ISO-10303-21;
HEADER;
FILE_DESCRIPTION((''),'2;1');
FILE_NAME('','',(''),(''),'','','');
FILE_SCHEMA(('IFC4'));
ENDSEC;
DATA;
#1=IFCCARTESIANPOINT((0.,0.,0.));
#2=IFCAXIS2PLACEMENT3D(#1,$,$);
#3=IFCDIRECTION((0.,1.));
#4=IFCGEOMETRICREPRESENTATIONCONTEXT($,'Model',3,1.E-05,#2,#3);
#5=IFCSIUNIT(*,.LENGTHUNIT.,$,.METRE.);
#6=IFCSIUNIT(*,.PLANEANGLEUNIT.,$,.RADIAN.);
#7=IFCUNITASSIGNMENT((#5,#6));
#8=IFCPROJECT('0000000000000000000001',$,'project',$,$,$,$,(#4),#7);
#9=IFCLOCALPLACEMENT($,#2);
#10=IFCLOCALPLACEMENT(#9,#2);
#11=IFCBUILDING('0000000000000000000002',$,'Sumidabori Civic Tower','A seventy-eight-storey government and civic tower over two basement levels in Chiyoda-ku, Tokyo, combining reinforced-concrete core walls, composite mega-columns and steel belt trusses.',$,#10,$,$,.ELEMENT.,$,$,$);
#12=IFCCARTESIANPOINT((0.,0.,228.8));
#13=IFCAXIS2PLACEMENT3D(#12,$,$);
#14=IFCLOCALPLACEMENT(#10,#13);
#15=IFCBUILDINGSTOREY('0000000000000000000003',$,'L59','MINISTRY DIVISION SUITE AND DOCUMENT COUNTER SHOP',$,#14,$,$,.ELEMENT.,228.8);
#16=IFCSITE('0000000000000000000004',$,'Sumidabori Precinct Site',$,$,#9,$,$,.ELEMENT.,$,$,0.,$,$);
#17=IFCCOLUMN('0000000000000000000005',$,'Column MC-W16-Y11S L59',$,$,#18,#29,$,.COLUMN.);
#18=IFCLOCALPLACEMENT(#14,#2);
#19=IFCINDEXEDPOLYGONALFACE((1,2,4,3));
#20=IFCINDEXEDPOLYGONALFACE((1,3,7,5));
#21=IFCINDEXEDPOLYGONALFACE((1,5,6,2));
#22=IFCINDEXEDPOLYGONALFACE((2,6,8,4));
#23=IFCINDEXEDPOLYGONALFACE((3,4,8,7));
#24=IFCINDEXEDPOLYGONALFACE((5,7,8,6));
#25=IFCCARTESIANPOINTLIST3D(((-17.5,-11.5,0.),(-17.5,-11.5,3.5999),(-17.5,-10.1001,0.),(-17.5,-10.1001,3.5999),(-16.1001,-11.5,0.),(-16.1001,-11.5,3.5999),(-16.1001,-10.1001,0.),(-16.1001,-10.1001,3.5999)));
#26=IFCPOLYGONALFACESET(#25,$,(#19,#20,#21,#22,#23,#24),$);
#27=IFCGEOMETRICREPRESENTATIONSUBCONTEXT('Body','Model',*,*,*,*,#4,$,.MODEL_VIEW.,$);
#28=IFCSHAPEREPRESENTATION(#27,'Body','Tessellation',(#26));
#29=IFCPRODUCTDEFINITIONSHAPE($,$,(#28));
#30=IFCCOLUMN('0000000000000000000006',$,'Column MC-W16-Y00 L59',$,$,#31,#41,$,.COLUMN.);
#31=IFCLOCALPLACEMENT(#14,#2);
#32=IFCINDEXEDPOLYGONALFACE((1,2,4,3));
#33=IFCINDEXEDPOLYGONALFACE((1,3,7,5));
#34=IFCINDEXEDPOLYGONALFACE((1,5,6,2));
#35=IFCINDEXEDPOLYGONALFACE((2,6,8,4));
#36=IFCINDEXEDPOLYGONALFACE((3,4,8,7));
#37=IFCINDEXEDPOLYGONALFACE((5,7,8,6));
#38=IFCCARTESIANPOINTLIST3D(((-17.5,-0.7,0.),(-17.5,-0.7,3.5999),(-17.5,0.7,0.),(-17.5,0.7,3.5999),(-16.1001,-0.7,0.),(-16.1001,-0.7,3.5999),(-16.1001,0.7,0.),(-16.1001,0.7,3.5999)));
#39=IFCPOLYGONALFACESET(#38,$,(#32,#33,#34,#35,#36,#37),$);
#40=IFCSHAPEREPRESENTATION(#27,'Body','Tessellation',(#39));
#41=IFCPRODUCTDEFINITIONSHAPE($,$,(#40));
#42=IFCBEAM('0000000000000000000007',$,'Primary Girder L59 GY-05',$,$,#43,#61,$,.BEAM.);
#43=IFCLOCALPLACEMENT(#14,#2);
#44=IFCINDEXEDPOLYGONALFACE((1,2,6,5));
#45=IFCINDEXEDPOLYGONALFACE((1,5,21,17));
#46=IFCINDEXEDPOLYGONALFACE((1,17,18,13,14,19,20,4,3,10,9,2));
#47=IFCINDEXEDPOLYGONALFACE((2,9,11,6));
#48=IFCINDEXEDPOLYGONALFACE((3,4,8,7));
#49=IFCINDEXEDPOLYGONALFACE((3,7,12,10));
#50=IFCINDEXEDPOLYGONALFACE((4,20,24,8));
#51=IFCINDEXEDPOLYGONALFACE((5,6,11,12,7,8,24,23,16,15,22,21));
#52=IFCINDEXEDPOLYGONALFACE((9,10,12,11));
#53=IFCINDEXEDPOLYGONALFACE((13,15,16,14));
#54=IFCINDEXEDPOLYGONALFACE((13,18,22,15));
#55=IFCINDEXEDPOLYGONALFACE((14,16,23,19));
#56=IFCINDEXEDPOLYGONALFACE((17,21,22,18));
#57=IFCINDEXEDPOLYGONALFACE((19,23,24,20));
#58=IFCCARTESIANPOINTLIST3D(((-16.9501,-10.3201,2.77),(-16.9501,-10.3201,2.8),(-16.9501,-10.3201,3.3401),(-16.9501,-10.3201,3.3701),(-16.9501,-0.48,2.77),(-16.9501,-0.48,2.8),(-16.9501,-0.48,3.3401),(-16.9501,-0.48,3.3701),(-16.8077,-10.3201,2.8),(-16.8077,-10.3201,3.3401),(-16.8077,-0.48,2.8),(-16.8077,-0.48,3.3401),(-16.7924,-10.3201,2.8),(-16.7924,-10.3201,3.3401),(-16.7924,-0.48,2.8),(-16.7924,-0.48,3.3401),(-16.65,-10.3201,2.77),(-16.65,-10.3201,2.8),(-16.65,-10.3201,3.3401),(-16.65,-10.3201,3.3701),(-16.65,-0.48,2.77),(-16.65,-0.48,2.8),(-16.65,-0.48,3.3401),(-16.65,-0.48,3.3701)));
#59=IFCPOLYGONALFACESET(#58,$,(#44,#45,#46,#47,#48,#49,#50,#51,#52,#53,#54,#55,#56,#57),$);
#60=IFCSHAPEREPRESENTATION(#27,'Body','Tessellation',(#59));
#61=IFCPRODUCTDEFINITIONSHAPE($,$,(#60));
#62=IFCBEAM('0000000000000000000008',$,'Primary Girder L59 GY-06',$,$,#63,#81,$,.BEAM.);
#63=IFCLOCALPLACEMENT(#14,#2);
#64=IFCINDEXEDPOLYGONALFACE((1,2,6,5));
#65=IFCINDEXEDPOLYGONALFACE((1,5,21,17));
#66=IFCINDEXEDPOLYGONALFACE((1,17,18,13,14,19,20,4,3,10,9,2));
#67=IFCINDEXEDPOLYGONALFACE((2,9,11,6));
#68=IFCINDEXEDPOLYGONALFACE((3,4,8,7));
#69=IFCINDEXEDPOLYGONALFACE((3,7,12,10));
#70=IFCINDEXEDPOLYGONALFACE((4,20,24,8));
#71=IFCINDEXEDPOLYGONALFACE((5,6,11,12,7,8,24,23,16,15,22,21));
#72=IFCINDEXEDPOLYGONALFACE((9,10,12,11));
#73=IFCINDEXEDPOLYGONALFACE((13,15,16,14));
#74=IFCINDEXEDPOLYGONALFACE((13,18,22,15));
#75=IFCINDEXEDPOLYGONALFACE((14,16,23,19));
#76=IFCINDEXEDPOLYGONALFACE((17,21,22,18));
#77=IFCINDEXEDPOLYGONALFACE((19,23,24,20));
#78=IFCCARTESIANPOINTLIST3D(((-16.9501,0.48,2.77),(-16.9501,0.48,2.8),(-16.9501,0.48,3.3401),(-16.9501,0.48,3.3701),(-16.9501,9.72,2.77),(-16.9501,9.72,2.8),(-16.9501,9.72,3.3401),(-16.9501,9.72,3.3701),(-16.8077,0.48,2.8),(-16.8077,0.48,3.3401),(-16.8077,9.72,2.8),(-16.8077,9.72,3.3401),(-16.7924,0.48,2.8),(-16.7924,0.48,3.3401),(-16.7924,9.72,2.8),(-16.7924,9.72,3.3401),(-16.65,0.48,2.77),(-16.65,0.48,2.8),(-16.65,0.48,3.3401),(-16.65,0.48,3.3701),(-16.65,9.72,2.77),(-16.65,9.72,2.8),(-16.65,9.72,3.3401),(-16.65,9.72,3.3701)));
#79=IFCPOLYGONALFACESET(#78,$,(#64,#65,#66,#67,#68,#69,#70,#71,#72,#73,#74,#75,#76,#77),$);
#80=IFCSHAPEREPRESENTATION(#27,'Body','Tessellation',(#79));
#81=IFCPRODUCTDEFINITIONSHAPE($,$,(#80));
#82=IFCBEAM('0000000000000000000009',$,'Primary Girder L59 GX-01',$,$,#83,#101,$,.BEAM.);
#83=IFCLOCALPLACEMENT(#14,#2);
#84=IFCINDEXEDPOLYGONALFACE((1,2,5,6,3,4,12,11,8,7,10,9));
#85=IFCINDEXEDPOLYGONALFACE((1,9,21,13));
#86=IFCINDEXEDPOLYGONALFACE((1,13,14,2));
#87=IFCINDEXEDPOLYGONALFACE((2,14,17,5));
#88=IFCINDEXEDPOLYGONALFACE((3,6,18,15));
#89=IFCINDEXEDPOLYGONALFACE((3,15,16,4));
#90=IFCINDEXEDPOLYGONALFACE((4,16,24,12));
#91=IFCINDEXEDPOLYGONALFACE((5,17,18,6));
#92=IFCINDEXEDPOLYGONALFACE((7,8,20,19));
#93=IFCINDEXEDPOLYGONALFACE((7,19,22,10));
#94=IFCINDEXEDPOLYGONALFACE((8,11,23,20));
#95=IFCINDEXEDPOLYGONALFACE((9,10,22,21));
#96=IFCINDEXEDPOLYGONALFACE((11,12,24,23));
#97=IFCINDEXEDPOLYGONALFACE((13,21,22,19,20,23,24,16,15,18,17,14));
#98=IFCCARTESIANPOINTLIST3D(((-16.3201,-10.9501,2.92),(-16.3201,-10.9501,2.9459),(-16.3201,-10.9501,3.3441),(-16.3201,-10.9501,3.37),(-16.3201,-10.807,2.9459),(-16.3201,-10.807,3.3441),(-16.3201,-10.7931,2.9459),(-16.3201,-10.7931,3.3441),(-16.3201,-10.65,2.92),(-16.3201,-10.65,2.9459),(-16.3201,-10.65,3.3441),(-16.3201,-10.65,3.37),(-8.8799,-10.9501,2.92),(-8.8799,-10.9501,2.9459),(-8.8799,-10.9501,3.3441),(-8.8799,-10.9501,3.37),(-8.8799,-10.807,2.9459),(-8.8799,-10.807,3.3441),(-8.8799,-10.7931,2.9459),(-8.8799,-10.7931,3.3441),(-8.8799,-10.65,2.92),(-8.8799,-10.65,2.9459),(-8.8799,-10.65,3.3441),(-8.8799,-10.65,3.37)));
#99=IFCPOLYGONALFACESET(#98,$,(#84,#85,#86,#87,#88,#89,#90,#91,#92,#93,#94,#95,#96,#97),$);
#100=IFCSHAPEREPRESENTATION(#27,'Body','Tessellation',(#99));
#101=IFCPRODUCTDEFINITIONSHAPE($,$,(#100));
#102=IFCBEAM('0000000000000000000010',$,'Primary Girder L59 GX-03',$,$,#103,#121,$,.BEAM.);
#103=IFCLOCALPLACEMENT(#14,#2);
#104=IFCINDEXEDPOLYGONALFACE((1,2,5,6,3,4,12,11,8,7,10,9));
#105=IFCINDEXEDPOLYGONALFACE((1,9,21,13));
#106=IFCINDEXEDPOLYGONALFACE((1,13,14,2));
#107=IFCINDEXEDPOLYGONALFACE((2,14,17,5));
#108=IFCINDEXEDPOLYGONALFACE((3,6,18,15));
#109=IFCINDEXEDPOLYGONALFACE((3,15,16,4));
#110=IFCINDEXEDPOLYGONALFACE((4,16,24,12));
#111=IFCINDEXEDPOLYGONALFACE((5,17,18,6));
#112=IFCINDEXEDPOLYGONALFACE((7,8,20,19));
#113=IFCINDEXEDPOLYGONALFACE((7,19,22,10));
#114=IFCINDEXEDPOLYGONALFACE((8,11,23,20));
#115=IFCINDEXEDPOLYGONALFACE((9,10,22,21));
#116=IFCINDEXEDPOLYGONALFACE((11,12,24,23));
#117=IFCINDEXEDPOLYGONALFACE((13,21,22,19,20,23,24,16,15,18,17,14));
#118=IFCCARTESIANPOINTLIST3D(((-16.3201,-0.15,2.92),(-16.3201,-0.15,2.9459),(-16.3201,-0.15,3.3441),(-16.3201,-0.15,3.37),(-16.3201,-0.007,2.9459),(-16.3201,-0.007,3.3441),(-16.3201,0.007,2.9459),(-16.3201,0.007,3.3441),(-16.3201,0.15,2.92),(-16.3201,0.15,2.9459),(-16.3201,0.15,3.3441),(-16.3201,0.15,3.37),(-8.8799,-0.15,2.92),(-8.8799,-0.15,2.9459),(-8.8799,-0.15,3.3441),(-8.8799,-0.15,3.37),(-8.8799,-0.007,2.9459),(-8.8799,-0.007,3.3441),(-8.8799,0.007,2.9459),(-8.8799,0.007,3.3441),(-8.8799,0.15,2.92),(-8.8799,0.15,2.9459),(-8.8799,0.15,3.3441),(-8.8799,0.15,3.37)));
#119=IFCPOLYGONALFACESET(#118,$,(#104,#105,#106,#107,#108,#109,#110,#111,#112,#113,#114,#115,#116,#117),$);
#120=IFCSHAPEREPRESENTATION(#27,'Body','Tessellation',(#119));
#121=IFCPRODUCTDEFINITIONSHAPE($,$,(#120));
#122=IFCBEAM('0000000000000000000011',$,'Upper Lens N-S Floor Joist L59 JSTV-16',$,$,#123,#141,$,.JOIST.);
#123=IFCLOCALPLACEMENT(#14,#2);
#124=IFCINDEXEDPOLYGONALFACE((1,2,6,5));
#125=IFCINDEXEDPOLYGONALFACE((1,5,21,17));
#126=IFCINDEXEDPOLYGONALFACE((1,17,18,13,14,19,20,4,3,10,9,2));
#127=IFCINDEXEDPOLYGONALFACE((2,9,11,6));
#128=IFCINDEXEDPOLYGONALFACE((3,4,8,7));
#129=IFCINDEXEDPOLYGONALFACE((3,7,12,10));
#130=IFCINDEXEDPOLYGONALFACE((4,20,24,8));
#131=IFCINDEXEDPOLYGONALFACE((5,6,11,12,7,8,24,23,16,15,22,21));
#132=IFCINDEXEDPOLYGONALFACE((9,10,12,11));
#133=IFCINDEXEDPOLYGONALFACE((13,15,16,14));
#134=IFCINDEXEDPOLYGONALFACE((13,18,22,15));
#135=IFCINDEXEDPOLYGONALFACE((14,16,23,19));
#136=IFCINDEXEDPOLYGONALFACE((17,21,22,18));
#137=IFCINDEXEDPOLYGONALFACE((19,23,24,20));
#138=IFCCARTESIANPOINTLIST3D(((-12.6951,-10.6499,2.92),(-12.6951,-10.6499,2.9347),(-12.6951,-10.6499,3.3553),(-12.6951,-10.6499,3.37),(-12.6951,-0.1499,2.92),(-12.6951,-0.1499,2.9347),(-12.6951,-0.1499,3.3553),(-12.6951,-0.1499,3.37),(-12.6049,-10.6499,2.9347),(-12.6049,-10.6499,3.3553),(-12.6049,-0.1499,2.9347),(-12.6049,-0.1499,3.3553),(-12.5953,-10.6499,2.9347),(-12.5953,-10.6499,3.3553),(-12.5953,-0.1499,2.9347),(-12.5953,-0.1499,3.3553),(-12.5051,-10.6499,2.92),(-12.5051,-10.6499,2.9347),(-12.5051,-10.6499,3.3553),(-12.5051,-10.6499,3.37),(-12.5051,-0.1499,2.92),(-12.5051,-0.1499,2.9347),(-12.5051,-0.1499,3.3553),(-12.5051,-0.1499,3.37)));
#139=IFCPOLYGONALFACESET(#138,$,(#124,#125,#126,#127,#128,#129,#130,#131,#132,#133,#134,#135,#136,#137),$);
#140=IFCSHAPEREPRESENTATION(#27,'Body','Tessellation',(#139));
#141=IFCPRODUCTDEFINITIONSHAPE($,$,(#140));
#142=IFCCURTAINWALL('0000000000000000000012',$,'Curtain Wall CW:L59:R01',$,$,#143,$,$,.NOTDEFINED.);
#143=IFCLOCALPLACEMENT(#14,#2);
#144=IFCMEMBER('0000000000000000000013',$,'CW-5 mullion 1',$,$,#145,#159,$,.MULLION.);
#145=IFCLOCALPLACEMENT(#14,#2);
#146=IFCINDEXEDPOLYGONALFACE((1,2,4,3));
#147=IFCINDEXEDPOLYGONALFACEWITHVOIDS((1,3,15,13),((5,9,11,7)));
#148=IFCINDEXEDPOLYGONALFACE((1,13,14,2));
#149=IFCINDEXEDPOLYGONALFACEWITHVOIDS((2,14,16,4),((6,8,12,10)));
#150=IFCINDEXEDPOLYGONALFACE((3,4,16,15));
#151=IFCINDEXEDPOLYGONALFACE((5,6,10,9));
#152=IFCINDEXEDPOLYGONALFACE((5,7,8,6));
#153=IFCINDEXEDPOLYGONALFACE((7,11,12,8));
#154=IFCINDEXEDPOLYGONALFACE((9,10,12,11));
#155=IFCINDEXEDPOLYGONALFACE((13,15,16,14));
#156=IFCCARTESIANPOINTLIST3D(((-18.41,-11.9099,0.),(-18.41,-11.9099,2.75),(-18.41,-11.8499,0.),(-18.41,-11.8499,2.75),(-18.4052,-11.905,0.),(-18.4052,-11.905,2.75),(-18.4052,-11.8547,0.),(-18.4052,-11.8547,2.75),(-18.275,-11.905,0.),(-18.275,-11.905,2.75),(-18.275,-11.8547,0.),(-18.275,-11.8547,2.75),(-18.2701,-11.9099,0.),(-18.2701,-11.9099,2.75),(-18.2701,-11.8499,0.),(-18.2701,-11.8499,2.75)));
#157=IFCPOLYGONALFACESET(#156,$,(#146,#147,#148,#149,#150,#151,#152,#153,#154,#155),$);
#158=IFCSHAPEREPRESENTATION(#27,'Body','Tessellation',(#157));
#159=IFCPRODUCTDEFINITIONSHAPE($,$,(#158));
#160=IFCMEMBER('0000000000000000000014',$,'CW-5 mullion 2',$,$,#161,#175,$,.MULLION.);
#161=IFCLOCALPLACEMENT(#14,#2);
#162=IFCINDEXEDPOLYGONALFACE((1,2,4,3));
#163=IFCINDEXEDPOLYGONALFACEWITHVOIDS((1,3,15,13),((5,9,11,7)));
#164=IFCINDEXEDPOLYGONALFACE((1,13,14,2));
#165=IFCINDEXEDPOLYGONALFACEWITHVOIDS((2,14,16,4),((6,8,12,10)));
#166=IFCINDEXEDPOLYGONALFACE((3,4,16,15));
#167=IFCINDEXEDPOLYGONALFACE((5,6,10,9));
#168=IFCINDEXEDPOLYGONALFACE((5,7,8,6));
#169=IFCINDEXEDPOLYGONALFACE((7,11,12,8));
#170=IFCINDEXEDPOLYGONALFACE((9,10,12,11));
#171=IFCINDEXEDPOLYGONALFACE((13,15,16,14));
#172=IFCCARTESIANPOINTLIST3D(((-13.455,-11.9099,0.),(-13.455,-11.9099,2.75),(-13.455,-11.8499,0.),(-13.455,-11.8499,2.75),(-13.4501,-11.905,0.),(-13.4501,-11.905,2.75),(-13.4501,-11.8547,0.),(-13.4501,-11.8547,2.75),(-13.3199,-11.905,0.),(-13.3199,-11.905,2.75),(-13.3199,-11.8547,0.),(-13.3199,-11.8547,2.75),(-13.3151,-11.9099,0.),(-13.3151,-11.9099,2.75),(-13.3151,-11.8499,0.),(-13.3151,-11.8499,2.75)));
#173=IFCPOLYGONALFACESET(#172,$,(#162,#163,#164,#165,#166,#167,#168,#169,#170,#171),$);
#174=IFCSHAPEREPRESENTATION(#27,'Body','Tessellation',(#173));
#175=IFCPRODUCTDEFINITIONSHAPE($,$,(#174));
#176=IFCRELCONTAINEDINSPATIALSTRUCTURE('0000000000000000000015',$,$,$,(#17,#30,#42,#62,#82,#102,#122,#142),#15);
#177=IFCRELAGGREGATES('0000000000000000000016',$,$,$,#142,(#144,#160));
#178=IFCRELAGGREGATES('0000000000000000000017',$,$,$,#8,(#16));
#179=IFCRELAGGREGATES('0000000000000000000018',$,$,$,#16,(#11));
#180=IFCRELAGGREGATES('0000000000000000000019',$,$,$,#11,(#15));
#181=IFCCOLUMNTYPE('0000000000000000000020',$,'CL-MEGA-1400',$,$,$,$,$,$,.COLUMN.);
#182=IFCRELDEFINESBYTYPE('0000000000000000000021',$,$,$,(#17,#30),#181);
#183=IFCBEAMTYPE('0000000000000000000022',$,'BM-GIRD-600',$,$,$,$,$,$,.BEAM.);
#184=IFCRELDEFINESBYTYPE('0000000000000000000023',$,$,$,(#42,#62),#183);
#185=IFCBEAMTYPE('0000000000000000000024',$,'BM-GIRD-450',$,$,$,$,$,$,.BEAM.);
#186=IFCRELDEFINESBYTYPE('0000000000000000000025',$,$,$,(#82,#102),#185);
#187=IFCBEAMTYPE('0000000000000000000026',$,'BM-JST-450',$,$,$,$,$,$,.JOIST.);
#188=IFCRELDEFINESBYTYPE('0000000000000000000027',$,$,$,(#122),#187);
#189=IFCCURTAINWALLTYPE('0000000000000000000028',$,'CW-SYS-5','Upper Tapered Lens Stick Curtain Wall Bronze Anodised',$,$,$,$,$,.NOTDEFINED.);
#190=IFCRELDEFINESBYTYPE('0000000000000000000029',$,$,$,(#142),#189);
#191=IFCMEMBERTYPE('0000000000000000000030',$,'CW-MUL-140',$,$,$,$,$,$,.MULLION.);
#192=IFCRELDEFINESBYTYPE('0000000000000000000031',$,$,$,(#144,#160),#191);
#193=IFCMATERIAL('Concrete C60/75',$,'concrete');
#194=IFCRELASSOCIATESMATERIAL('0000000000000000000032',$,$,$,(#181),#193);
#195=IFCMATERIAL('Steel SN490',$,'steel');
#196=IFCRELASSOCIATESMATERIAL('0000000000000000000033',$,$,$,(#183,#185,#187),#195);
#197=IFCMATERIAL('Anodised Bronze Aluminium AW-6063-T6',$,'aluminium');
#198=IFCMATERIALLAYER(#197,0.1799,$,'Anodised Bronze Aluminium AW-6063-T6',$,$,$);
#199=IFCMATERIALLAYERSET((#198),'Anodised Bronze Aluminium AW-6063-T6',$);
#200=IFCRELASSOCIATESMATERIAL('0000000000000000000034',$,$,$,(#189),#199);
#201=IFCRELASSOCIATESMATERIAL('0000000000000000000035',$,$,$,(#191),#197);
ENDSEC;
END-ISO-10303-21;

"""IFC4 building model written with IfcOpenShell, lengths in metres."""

from ifc_helpers import new_model, si_unit, direction, frame, origin, origin_2d, place, context, subcontext, project, spatial, rectangle, hollow_rectangle, i_section, extrude, source, transform, mapped, material, layer, layer_set, material_profile, profile_set, type_object, element, aggregate, save


model = new_model("IFC4")

# Units and contexts
model_context = context("Model", 3, precision=1e-05, world=origin(), true_north=direction((0.0, 1.0)))
body_context = subcontext(model_context, "Body", "Model", "MODEL_VIEW")
ifc_project = project(units=[si_unit("LENGTHUNIT", "METRE"), si_unit("PLANEANGLEUNIT", "RADIAN")], contexts=[model_context])

# Site, building, storey
site_placement = place(None, origin())
site = spatial("IfcSite", under=ifc_project, at=site_placement, Name="Sumidabori Precinct Site", CompositionType="ELEMENT", RefElevation=0.0)
building_placement = place(site_placement, origin())
building = spatial("IfcBuilding", under=site, at=building_placement, Name="Sumidabori Civic Tower", Description="A seventy-eight-storey government and civic tower over two basement levels in Chiyoda-ku, Tokyo, combining reinforced-concrete core walls, composite mega-columns and steel belt trusses.", CompositionType="ELEMENT")
storey_placement = place(building_placement, frame((0.0, 0.0, 228.8)))
storey = spatial("IfcBuildingStorey", under=building, at=storey_placement, Name="L59", Description="MINISTRY DIVISION SUITE AND DOCUMENT COUNTER SHOP", CompositionType="ELEMENT", Elevation=228.8)

# Columns
ifc_material_1 = material(Name="Concrete C60/75", Category="concrete")
ifc_material_profile_1 = material_profile(ifc_material_1, rectangle(XDim=1.3999, YDim=1.3999, at=origin_2d()), Name="RC 1400x1400")
ifc_profile_set_1 = profile_set([ifc_material_profile_1], Name="Concrete C60/75")
column_type = type_object("IfcColumnType", Name="CL-MEGA-1400", PredefinedType="COLUMN", material=ifc_profile_set_1)
shared_shape_1 = source(origin(), body_context, "Body", "SweptSolid", [
    extrude(rectangle(XDim=1.3999, YDim=1.3999, at=origin_2d()), origin(), (0.0, 0.0, 1.0), 3.5999),
])
for number, where, z_axis, x_axis, name in (
    (1, (-16.8, -10.8, 0.0), (0.0, 0.0, 1.0), (1.0, 0.0, 0.0), "Column MC-W16-Y11S L59"),
    (2, (-16.8, 0.0, 0.0), (0.0, 0.0, 1.0), (1.0, 0.0, 0.0), "Column MC-W16-Y00 L59"),
):
    element("IfcColumn", number, at=place(storey_placement, frame(where, z_axis=z_axis, x_axis=x_axis)), inside=storey, type_object=column_type, Name=name, PredefinedType="COLUMN", context=body_context, shape_type="MappedRepresentation", body=[
        mapped(shared_shape_1, transform((0.0, 0.0, 0.0), x_axis=(1.0, 0.0, 0.0), y_axis=(0.0, 1.0, 0.0), z_axis=(0.0, 0.0, 1.0), scale=1.0)),
    ])

# Beams
ifc_material_2 = material(Name="Steel SN490", Category="steel")
ifc_material_profile_2 = material_profile(ifc_material_2, i_section(OverallWidth=0.3, OverallDepth=0.6001, WebThickness=0.0154, FlangeThickness=0.03, at=origin_2d()), Name="HE 600 B")
ifc_profile_set_2 = profile_set([ifc_material_profile_2], Name="Steel SN490")
beam_type_1 = type_object("IfcBeamType", Name="BM-GIRD-600", PredefinedType="BEAM", material=ifc_profile_set_2)
shared_shape_2 = source(origin(), body_context, "Body", "SweptSolid", [
    extrude(i_section(OverallWidth=0.3, OverallDepth=0.6001, WebThickness=0.0154, FlangeThickness=0.03, at=origin_2d()), origin(), (0.0, 0.0, 1.0), 9.8401),
])
beam_1_placement = place(storey_placement, frame((-16.8, -10.3201, 3.0701), z_axis=(0.0, 1.0, 0.0), x_axis=(-1.0, 0.0, 0.0)))
element("IfcBeam", 3, at=beam_1_placement, inside=storey, type_object=beam_type_1, Name="Primary Girder L59 GY-05", PredefinedType="BEAM", context=body_context, shape_type="MappedRepresentation", body=[
    mapped(shared_shape_2, transform((0.0, 0.0, 0.0), x_axis=(1.0, 0.0, 0.0), y_axis=(0.0, 1.0, 0.0), z_axis=(0.0, 0.0, 1.0), scale=1.0)),
])
shared_shape_3 = source(origin(), body_context, "Body", "SweptSolid", [
    extrude(i_section(OverallWidth=0.3, OverallDepth=0.6001, WebThickness=0.0154, FlangeThickness=0.03, at=origin_2d()), origin(), (0.0, 0.0, 1.0), 9.24),
])
beam_2_placement = place(storey_placement, frame((-16.8, 0.48, 3.0701), z_axis=(0.0, 1.0, 0.0), x_axis=(-1.0, 0.0, 0.0)))
element("IfcBeam", 4, at=beam_2_placement, inside=storey, type_object=beam_type_1, Name="Primary Girder L59 GY-06", PredefinedType="BEAM", context=body_context, shape_type="MappedRepresentation", body=[
    mapped(shared_shape_3, transform((0.0, 0.0, 0.0), x_axis=(1.0, 0.0, 0.0), y_axis=(0.0, 1.0, 0.0), z_axis=(0.0, 0.0, 1.0), scale=1.0)),
])
ifc_material_profile_3 = material_profile(ifc_material_2, i_section(OverallWidth=0.3, OverallDepth=0.45, WebThickness=0.0139, FlangeThickness=0.0259, at=origin_2d()), Name="HE 450 B")
ifc_profile_set_3 = profile_set([ifc_material_profile_3], Name="Steel SN490")
beam_type_2 = type_object("IfcBeamType", Name="BM-GIRD-450", PredefinedType="BEAM", material=ifc_profile_set_3)
shared_shape_4 = source(origin(), body_context, "Body", "SweptSolid", [
    extrude(i_section(OverallWidth=0.3, OverallDepth=0.45, WebThickness=0.0139, FlangeThickness=0.0259, at=origin_2d()), origin(), (0.0, 0.0, 1.0), 7.4402),
])
for number, where, z_axis, x_axis, name in (
    (5, (-16.3201, -10.8, 3.145), (1.0, 0.0, 0.0), (0.0, 1.0, 0.0), "Primary Girder L59 GX-01"),
    (6, (-16.3201, 0.0, 3.145), (1.0, 0.0, 0.0), (0.0, 1.0, 0.0), "Primary Girder L59 GX-03"),
):
    element("IfcBeam", number, at=place(storey_placement, frame(where, z_axis=z_axis, x_axis=x_axis)), inside=storey, type_object=beam_type_2, Name=name, PredefinedType="BEAM", context=body_context, shape_type="MappedRepresentation", body=[
        mapped(shared_shape_4, transform((0.0, 0.0, 0.0), x_axis=(1.0, 0.0, 0.0), y_axis=(0.0, 1.0, 0.0), z_axis=(0.0, 0.0, 1.0), scale=1.0)),
    ])
ifc_material_profile_4 = material_profile(ifc_material_2, i_section(OverallWidth=0.1899, OverallDepth=0.45, WebThickness=0.0095, FlangeThickness=0.0146, at=origin_2d()), Name="IPE 450")
ifc_profile_set_4 = profile_set([ifc_material_profile_4], Name="Steel SN490")
beam_type_3 = type_object("IfcBeamType", Name="BM-JST-450", PredefinedType="JOIST", material=ifc_profile_set_4)
shared_shape_5 = source(origin(), body_context, "Body", "SweptSolid", [
    extrude(i_section(OverallWidth=0.1899, OverallDepth=0.45, WebThickness=0.0095, FlangeThickness=0.0146, at=origin_2d()), origin(), (0.0, 0.0, 1.0), 10.5),
])
beam_3_placement = place(storey_placement, frame((-12.6001, -10.6499, 3.145), z_axis=(0.0, 1.0, 0.0), x_axis=(-1.0, 0.0, 0.0)))
element("IfcBeam", 7, at=beam_3_placement, inside=storey, type_object=beam_type_3, Name="Upper Lens N-S Floor Joist L59 JSTV-16", PredefinedType="JOIST", context=body_context, shape_type="MappedRepresentation", body=[
    mapped(shared_shape_5, transform((0.0, 0.0, 0.0), x_axis=(1.0, 0.0, 0.0), y_axis=(0.0, 1.0, 0.0), z_axis=(0.0, 0.0, 1.0), scale=1.0)),
])

# Curtain wall, members
ifc_material_3 = material(Name="Anodised Bronze Aluminium AW-6063-T6", Category="aluminium")
ifc_layer_1 = layer(ifc_material_3, 0.1799, Name="Anodised Bronze Aluminium AW-6063-T6")
ifc_layer_set_1 = layer_set([ifc_layer_1], Name="Anodised Bronze Aluminium AW-6063-T6")
curtain_wall_type = type_object("IfcCurtainWallType", Name="CW-SYS-5", Description="Upper Tapered Lens Stick Curtain Wall Bronze Anodised", PredefinedType="NOTDEFINED", material=ifc_layer_set_1)
curtain_wall_1_placement = place(storey_placement, origin())
curtain_wall_1 = element("IfcCurtainWall", 8, at=curtain_wall_1_placement, inside=storey, type_object=curtain_wall_type, Name="Curtain Wall CW:L59:R01", PredefinedType="NOTDEFINED")
ifc_material_profile_5 = material_profile(ifc_material_3, hollow_rectangle(XDim=0.0601, YDim=0.1399, WallThickness=0.0049, at=origin_2d()), Name="ALU MULLION 140x60")
ifc_profile_set_5 = profile_set([ifc_material_profile_5], Name="Anodised Bronze Aluminium AW-6063-T6")
member_type_1 = type_object("IfcMemberType", Name="CW-MUL-140", PredefinedType="MULLION", material=ifc_profile_set_5)
shared_shape_6 = source(origin(), body_context, "Body", "SweptSolid", [
    extrude(hollow_rectangle(XDim=0.0601, YDim=0.1399, WallThickness=0.0049, at=origin_2d()), origin(), (0.0, 0.0, 1.0), 2.75),
])
member_1_placement = place(storey_placement, frame((-18.3401, -11.8799, 0.0), z_axis=(0.0, 0.0, 1.0), x_axis=(0.0, 1.0, 0.0)))
member_1 = element("IfcMember", 9, at=member_1_placement, type_object=member_type_1, Name="CW-5 mullion 1", PredefinedType="MULLION", context=body_context, shape_type="MappedRepresentation", body=[
    mapped(shared_shape_6, transform((0.0, 0.0, 0.0), x_axis=(1.0, 0.0, 0.0), y_axis=(0.0, 1.0, 0.0), z_axis=(0.0, 0.0, 1.0), scale=1.0)),
])
member_2_placement = place(storey_placement, frame((-13.385, -11.8799, 0.0), z_axis=(0.0, 0.0, 1.0), x_axis=(0.0, 1.0, 0.0)))
member_2 = element("IfcMember", 10, at=member_2_placement, type_object=member_type_1, Name="CW-5 mullion 2", PredefinedType="MULLION", context=body_context, shape_type="MappedRepresentation", body=[
    mapped(shared_shape_6, transform((0.0, 0.0, 0.0), x_axis=(1.0, 0.0, 0.0), y_axis=(0.0, 1.0, 0.0), z_axis=(0.0, 0.0, 1.0), scale=1.0)),
])

aggregate(curtain_wall_1, [member_1, member_2])

save(model, "model.ifc")
